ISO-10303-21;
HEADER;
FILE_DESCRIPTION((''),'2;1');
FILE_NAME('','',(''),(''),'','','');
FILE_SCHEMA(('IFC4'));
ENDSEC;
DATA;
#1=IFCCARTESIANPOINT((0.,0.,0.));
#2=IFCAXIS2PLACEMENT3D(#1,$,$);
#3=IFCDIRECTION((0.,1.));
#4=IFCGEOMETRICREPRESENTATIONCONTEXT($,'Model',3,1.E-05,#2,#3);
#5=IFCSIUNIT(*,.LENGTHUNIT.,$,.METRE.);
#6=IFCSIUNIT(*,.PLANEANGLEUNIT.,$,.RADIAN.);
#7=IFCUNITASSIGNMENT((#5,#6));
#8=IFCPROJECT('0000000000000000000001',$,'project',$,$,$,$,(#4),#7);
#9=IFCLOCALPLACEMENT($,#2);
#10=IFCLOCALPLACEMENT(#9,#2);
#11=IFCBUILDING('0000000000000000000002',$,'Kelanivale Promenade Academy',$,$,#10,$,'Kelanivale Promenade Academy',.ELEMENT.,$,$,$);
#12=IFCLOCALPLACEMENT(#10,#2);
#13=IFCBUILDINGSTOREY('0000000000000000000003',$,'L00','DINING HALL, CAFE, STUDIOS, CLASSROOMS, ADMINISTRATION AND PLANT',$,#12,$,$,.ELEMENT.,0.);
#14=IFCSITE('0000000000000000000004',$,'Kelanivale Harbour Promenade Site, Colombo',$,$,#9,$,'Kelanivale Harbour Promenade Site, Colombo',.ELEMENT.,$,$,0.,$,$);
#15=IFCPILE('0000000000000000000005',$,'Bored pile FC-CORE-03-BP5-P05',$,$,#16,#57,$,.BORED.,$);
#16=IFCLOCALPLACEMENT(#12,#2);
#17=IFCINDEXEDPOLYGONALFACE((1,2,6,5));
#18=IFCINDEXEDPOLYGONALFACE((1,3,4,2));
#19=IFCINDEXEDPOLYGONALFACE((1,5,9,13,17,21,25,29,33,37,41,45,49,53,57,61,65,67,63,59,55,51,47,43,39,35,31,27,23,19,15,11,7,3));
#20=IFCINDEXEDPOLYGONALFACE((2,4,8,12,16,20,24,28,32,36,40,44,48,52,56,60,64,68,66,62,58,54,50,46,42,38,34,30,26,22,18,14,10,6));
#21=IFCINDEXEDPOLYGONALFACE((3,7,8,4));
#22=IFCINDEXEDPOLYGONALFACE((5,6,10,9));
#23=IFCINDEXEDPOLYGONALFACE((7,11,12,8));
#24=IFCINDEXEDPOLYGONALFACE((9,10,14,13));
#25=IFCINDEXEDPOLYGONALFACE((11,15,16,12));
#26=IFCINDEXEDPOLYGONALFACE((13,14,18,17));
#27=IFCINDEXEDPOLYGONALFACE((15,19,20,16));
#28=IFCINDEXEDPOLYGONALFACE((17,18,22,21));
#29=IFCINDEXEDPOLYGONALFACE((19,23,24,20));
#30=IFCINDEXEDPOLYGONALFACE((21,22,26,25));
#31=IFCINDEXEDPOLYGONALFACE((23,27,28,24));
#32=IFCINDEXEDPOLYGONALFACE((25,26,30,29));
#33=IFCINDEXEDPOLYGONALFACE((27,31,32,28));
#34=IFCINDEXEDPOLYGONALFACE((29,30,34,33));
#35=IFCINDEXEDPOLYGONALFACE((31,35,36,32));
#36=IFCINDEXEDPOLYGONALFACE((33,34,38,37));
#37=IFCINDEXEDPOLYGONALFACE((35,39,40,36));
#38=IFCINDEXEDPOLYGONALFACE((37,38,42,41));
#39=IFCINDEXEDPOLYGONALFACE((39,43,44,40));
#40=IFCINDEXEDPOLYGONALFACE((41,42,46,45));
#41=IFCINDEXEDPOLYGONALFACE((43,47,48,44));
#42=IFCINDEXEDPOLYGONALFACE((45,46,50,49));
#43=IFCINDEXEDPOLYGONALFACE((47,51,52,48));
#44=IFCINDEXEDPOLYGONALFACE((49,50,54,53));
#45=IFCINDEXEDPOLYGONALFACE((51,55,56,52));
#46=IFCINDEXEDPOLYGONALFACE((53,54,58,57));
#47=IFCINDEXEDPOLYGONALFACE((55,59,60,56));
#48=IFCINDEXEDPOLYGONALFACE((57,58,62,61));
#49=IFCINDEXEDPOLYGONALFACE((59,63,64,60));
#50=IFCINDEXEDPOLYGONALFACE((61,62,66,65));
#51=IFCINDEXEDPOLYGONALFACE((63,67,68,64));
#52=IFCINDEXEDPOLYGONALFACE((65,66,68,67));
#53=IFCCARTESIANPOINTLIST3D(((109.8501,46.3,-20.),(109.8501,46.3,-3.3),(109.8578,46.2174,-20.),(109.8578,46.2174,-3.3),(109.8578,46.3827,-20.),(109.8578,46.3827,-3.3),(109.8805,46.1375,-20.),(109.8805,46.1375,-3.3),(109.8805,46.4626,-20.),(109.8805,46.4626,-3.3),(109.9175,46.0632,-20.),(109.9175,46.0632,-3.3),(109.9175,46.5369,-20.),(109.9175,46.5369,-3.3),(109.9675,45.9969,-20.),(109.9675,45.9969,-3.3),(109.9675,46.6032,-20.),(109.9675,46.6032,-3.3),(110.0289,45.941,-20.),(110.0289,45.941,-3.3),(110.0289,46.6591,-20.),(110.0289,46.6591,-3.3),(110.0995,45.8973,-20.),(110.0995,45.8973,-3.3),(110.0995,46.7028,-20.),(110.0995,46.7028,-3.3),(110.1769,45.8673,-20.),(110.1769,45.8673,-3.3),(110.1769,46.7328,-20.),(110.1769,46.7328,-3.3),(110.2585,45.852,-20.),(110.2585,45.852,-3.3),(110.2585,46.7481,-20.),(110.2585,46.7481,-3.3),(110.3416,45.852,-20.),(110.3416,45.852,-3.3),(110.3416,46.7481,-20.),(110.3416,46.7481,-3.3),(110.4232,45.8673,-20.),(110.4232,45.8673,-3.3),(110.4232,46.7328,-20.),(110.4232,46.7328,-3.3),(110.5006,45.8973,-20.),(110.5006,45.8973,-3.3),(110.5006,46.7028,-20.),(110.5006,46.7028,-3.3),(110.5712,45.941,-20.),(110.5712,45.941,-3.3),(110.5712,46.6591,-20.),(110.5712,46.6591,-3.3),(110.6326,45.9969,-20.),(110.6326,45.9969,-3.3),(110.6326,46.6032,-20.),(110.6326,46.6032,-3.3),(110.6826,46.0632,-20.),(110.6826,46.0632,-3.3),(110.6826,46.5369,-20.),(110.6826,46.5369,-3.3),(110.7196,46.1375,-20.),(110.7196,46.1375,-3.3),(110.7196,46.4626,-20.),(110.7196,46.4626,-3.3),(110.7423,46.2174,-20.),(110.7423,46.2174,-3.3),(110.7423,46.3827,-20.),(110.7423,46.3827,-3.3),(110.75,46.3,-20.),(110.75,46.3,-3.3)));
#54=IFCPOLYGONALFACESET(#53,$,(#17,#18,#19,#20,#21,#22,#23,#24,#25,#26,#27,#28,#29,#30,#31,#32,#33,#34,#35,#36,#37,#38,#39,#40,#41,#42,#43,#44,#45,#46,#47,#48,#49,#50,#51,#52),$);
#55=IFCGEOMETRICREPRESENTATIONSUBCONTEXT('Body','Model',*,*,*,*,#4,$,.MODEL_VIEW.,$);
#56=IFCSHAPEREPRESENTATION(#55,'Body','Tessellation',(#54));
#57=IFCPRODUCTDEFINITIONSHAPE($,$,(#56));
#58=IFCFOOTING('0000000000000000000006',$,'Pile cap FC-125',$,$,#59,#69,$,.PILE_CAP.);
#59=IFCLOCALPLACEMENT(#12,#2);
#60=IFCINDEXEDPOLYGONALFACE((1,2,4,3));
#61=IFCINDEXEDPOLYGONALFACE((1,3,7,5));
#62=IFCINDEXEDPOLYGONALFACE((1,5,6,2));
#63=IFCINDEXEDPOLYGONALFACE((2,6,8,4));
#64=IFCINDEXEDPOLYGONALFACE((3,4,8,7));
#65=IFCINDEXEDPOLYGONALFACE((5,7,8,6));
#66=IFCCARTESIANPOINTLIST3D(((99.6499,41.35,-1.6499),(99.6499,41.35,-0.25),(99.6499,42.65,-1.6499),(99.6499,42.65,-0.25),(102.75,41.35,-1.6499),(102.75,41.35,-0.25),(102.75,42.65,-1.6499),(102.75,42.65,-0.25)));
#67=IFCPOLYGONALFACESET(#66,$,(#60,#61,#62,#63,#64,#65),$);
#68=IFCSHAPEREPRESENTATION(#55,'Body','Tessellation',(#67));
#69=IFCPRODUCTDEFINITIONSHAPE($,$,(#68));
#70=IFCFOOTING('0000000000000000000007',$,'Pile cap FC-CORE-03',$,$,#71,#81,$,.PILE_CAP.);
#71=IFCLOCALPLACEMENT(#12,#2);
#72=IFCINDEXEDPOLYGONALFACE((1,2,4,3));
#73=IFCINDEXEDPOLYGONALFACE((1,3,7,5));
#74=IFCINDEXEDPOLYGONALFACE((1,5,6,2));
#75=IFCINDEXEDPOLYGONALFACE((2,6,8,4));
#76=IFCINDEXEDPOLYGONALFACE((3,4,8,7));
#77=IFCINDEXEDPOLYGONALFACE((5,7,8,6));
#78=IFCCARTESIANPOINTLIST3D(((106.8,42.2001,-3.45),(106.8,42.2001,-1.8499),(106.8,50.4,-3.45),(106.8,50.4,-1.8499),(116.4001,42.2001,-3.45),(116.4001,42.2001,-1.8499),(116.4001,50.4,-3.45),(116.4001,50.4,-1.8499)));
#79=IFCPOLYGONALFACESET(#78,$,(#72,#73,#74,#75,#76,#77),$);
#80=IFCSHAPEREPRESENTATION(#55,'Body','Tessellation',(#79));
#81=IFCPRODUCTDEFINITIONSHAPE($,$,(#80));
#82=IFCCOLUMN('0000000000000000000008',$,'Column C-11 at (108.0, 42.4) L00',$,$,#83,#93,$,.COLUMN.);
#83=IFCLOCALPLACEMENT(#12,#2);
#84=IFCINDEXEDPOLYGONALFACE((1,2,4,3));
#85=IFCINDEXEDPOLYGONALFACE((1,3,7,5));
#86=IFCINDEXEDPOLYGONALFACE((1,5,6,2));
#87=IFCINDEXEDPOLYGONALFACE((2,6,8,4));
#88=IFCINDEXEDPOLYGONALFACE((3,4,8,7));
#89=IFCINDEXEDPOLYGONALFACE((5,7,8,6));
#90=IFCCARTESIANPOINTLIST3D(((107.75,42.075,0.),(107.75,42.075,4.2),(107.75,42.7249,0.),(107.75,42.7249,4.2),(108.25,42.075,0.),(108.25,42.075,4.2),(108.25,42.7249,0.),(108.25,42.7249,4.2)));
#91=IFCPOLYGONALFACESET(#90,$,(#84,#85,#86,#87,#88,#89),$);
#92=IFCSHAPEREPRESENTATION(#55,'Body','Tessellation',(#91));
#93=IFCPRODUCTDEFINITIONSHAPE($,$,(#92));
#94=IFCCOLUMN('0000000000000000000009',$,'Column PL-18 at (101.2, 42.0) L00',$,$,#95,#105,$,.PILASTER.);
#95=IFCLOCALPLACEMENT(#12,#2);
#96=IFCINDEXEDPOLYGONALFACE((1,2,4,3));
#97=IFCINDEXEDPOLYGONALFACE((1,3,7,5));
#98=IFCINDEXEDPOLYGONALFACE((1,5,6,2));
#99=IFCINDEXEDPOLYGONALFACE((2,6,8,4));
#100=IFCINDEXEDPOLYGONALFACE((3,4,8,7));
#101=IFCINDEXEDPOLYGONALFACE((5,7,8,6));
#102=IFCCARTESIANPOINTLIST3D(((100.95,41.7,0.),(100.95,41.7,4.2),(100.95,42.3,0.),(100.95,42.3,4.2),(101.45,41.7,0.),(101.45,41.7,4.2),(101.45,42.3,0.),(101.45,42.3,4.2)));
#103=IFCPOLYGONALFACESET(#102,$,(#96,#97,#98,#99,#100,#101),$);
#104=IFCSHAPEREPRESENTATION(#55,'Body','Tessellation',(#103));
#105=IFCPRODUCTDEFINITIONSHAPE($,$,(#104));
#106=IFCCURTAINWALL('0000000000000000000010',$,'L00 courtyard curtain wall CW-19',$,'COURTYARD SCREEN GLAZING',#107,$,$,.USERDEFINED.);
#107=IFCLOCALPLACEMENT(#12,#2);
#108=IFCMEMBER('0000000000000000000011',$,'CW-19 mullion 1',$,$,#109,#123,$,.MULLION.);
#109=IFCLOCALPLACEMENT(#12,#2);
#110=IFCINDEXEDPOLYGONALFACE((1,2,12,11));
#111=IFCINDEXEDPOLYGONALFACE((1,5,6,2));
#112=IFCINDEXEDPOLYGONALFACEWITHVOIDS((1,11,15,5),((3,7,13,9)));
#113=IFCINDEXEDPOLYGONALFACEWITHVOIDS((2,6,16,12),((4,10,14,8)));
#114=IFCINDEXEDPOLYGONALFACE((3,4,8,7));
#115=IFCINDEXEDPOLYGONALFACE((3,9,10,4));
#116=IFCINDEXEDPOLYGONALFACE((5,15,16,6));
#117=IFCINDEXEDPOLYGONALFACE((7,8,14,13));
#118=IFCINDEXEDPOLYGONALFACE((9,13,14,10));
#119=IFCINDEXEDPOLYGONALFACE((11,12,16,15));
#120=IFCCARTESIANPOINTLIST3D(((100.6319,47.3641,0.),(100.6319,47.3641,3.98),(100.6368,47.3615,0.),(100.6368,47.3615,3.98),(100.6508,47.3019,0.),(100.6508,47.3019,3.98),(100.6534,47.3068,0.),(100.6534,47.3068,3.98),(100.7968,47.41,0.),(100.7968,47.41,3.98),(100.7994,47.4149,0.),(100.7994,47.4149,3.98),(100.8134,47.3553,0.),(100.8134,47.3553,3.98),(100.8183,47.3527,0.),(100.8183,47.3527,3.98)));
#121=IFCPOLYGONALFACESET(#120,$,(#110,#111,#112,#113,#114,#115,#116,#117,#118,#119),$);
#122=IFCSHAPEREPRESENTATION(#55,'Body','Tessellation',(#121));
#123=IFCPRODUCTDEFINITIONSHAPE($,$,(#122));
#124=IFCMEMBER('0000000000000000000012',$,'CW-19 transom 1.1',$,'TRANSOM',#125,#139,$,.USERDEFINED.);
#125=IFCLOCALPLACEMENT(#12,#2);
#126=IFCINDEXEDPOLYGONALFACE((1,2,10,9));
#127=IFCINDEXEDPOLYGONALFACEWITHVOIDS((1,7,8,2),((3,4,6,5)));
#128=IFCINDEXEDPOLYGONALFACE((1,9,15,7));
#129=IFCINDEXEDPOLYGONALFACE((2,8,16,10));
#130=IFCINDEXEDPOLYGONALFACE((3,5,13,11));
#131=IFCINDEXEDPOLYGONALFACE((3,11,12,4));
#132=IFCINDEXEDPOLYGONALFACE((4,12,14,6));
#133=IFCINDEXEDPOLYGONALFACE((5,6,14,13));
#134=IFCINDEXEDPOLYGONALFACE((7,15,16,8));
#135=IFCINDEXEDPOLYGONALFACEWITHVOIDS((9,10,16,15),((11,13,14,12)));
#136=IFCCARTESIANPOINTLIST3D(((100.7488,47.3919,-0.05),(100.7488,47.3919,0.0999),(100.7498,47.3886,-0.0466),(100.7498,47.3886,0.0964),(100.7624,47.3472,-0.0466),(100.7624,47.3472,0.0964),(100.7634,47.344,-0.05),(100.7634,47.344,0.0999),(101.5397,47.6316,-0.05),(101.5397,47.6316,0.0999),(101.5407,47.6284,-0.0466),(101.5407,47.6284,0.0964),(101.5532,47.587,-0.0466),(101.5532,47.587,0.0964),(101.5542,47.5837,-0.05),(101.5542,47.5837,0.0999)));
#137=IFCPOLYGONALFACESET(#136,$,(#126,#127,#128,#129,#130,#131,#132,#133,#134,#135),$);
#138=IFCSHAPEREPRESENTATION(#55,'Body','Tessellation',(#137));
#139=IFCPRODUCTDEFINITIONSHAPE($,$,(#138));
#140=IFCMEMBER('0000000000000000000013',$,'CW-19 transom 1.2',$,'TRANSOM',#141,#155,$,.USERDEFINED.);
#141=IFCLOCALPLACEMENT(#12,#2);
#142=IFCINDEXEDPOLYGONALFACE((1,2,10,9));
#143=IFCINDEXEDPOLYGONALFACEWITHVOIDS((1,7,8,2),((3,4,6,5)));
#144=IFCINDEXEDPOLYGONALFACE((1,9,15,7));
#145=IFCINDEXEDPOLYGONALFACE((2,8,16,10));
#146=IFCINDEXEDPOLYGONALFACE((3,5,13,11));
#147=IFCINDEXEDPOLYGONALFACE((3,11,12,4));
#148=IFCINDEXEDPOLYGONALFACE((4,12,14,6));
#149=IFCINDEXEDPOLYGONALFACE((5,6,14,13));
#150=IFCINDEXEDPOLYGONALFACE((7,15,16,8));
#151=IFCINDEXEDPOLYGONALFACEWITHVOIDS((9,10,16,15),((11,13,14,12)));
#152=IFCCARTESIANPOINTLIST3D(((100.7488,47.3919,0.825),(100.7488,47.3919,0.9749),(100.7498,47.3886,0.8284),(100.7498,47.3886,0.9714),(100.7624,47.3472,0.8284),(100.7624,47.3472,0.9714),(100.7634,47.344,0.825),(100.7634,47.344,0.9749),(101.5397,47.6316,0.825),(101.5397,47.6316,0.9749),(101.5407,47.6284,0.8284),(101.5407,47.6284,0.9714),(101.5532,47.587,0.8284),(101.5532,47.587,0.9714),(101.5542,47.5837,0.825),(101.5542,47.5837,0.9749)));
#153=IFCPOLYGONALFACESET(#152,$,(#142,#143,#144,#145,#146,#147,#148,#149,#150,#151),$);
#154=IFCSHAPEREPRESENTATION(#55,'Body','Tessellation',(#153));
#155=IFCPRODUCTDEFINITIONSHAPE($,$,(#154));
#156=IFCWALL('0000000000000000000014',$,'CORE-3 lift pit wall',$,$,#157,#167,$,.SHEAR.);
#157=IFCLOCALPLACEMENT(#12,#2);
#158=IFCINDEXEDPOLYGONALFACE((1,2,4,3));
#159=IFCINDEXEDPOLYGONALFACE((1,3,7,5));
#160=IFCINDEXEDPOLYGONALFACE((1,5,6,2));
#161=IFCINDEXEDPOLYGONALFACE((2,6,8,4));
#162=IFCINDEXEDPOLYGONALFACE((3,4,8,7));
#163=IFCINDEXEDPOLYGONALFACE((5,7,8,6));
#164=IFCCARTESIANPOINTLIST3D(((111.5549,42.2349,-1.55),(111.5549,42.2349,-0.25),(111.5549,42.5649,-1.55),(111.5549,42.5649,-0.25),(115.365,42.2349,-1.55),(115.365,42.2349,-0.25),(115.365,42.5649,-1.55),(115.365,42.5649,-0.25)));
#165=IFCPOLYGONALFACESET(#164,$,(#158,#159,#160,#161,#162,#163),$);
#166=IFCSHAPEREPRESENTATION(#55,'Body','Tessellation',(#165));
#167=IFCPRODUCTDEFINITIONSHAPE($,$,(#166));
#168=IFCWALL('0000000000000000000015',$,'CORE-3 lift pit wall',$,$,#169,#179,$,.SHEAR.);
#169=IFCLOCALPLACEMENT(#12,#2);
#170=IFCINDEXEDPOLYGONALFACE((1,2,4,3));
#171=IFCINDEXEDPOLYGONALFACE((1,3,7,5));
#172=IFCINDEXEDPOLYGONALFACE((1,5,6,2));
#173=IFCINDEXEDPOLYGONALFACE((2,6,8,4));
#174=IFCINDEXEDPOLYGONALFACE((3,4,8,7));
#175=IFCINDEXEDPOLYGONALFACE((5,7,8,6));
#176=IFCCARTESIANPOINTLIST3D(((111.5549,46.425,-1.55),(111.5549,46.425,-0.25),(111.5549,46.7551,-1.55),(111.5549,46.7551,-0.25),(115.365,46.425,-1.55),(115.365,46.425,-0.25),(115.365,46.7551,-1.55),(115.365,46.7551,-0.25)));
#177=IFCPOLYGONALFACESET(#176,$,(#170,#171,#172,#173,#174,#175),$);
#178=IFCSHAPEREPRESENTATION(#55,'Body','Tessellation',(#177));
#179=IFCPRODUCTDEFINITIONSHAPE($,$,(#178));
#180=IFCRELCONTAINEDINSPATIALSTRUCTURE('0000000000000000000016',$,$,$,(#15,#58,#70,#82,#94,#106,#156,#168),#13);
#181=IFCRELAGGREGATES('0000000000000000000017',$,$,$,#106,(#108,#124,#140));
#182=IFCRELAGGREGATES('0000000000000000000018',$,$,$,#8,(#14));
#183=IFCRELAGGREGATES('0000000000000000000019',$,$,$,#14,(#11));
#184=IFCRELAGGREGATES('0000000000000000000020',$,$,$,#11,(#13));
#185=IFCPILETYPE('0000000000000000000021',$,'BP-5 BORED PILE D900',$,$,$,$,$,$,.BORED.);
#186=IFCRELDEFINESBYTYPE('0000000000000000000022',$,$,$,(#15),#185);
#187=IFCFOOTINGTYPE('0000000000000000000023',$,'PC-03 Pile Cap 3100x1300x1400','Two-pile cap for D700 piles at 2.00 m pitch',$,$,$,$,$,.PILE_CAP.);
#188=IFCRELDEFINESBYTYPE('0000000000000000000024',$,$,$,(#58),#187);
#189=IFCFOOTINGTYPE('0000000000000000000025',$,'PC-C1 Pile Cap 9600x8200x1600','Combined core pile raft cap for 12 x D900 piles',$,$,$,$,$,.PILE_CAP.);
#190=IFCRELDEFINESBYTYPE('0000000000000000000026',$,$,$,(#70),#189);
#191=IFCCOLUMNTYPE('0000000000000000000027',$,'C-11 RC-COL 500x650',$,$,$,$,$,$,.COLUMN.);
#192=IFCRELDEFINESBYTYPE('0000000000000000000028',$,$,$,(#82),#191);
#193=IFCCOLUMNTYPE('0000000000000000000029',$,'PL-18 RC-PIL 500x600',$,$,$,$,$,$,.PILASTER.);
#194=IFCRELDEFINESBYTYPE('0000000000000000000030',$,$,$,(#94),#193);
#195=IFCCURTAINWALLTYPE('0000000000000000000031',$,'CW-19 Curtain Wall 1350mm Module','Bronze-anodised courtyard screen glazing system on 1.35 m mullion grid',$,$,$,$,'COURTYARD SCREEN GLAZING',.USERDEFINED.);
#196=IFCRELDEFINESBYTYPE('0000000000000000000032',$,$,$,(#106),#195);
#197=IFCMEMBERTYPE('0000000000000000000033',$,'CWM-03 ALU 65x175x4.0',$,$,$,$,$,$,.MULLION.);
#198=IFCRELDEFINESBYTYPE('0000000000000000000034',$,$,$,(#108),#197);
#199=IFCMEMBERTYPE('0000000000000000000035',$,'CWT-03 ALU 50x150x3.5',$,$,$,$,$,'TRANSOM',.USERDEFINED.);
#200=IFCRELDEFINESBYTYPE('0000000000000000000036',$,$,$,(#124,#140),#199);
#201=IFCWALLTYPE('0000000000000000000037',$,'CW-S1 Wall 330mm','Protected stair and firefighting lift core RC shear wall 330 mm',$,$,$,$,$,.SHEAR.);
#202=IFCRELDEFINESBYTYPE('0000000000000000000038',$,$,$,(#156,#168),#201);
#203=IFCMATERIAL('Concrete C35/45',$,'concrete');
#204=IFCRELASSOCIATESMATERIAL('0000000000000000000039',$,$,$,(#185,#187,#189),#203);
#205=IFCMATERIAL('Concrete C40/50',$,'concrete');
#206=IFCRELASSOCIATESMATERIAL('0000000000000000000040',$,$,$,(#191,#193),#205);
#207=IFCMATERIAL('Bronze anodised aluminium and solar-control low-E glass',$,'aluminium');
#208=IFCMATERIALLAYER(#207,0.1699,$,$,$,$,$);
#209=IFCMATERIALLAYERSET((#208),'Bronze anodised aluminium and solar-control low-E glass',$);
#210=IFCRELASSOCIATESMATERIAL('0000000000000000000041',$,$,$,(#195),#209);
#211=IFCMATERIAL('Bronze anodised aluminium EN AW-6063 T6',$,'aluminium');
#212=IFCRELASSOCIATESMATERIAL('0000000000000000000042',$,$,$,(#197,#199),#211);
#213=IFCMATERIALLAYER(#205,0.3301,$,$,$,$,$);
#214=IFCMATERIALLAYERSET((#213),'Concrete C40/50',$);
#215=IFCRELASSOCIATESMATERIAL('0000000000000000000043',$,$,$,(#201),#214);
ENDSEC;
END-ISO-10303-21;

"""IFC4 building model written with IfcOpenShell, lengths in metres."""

from ifc_helpers import new_model, si_unit, direction, frame, frame_2d, origin, origin_2d, place, context, subcontext, project, spatial, rectangle, hollow_rectangle, circle, extrude, material, layer, layer_set, material_profile, profile_set, type_object, element, aggregate, save


model = new_model("IFC4")

# Units and contexts
model_context = context("Model", 3, precision=1e-05, world=origin(), true_north=direction((0.0, 1.0)))
body_context = subcontext(model_context, "Body", "Model", "MODEL_VIEW")
ifc_project = project(units=[si_unit("LENGTHUNIT", "METRE"), si_unit("PLANEANGLEUNIT", "RADIAN")], contexts=[model_context])

# Site, building, storey
site_placement = place(None, origin())
site = spatial("IfcSite", under=ifc_project, at=site_placement, Name="Kelanivale Harbour Promenade Site, Colombo", LongName="Kelanivale Harbour Promenade Site, Colombo", CompositionType="ELEMENT", RefElevation=0.0)
building_placement = place(site_placement, origin())
building = spatial("IfcBuilding", under=site, at=building_placement, Name="Kelanivale Promenade Academy", LongName="Kelanivale Promenade Academy", CompositionType="ELEMENT")
storey_placement = place(building_placement, origin())
storey = spatial("IfcBuildingStorey", under=building, at=storey_placement, Name="L00", Description="DINING HALL, CAFE, STUDIOS, CLASSROOMS, ADMINISTRATION AND PLANT", CompositionType="ELEMENT", Elevation=0.0)

# Pile
ifc_material_1 = material(Name="Concrete C35/45", Category="concrete")
ifc_material_profile_1 = material_profile(ifc_material_1, circle(Radius=0.45, at=origin_2d()), Name="BORED PILE D900")
ifc_profile_set_1 = profile_set([ifc_material_profile_1], Name="Concrete C35/45")
pile_type_1 = type_object("IfcPileType", Name="BP-5 BORED PILE D900", PredefinedType="BORED", material=ifc_profile_set_1)
for number, where, z_axis, x_axis, name in (
    (1, (110.3, 46.3, -3.3), (0.0, 0.0, -1.0), (1.0, 0.0, 0.0), "Bored pile FC-CORE-03-BP5-P05"),
):
    element("IfcPile", number, at=place(storey_placement, frame(where, z_axis=z_axis, x_axis=x_axis)), inside=storey, type_object=pile_type_1, Name=name, PredefinedType="BORED", context=body_context, shape_type="SweptSolid", body=[
        extrude(circle(Radius=0.45, at=origin_2d()), origin(), (0.0, 0.0, 1.0), 16.7),
    ])

# Footings
footing_type_1 = type_object("IfcFootingType", Name="PC-03 Pile Cap 3100x1300x1400", Description="Two-pile cap for D700 piles at 2.00 m pitch", PredefinedType="PILE_CAP", material=ifc_material_1)
footing_1_placement = place(storey_placement, frame((101.2, 42.0, -1.6499), z_axis=(0.0, 0.0, 1.0), x_axis=(1.0, 0.0, 0.0)))
element("IfcFooting", 2, at=footing_1_placement, inside=storey, type_object=footing_type_1, Name="Pile cap FC-125", PredefinedType="PILE_CAP", context=body_context, shape_type="SweptSolid", body=[
    extrude(rectangle(XDim=3.1001, YDim=1.3, at=origin_2d()), origin(), (0.0, 0.0, 1.0), 1.3999),
])
footing_type_2 = type_object("IfcFootingType", Name="PC-C1 Pile Cap 9600x8200x1600", Description="Combined core pile raft cap for 12 x D900 piles", PredefinedType="PILE_CAP", material=ifc_material_1)
footing_2_placement = place(storey_placement, frame((111.6001, 46.3, -3.45), z_axis=(0.0, 0.0, 1.0), x_axis=(1.0, 0.0, 0.0)))
element("IfcFooting", 3, at=footing_2_placement, inside=storey, type_object=footing_type_2, Name="Pile cap FC-CORE-03", PredefinedType="PILE_CAP", context=body_context, shape_type="SweptSolid", body=[
    extrude(rectangle(XDim=9.6001, YDim=8.2, at=origin_2d()), origin(), (0.0, 0.0, 1.0), 1.6001),
])

# Columns
ifc_material_2 = material(Name="Concrete C40/50", Category="concrete")
ifc_material_profile_2 = material_profile(ifc_material_2, rectangle(XDim=0.5, YDim=0.6499, at=origin_2d()), Name="RC-COL 500x650")
ifc_profile_set_2 = profile_set([ifc_material_profile_2], Name="Concrete C40/50")
column_type_1 = type_object("IfcColumnType", Name="C-11 RC-COL 500x650", PredefinedType="COLUMN", material=ifc_profile_set_2)
column_1_placement = place(storey_placement, frame((108.0, 42.3999, 0.0), z_axis=(0.0, 0.0, 1.0), x_axis=(1.0, 0.0, 0.0)))
element("IfcColumn", 4, at=column_1_placement, inside=storey, type_object=column_type_1, Name="Column C-11 at (108.0, 42.4) L00", PredefinedType="COLUMN", context=body_context, shape_type="SweptSolid", body=[
    extrude(rectangle(XDim=0.5, YDim=0.6499, at=origin_2d()), origin(), (0.0, 0.0, 1.0), 4.2),
])
ifc_material_profile_3 = material_profile(ifc_material_2, rectangle(XDim=0.5, YDim=0.6001, at=origin_2d()), Name="RC-PIL 500x600")
ifc_profile_set_3 = profile_set([ifc_material_profile_3], Name="Concrete C40/50")
column_type_2 = type_object("IfcColumnType", Name="PL-18 RC-PIL 500x600", PredefinedType="PILASTER", material=ifc_profile_set_3)
column_2_placement = place(storey_placement, frame((101.2, 42.0, 0.0), z_axis=(0.0, 0.0, 1.0), x_axis=(1.0, 0.0, 0.0)))
element("IfcColumn", 5, at=column_2_placement, inside=storey, type_object=column_type_2, Name="Column PL-18 at (101.2, 42.0) L00", PredefinedType="PILASTER", context=body_context, shape_type="SweptSolid", body=[
    extrude(rectangle(XDim=0.5, YDim=0.6001, at=origin_2d()), origin(), (0.0, 0.0, 1.0), 4.2),
])

# Curtain wall, members
ifc_material_3 = material(Name="Bronze anodised aluminium and solar-control low-E glass", Category="aluminium")
ifc_layer_1 = layer(ifc_material_3, 0.1699)
ifc_layer_set_1 = layer_set([ifc_layer_1], Name="Bronze anodised aluminium and solar-control low-E glass")
curtain_wall_type = type_object("IfcCurtainWallType", Name="CW-19 Curtain Wall 1350mm Module", Description="Bronze-anodised courtyard screen glazing system on 1.35 m mullion grid", ElementType="COURTYARD SCREEN GLAZING", PredefinedType="USERDEFINED", material=ifc_layer_set_1)
curtain_wall_placement = place(storey_placement, origin())
curtain_wall = element("IfcCurtainWall", 6, at=curtain_wall_placement, inside=storey, type_object=curtain_wall_type, Name="L00 courtyard curtain wall CW-19", ObjectType="COURTYARD SCREEN GLAZING", PredefinedType="USERDEFINED")
ifc_material_4 = material(Name="Bronze anodised aluminium EN AW-6063 T6", Category="aluminium")
ifc_material_profile_4 = material_profile(ifc_material_4, hollow_rectangle(XDim=0.0649, YDim=0.175, WallThickness=0.0039, at=origin_2d()), Name="ALU 65x175x4.0")
ifc_profile_set_4 = profile_set([ifc_material_profile_4], Name="Bronze anodised aluminium EN AW-6063 T6")
member_type_1 = type_object("IfcMemberType", Name="CWM-03 ALU 65x175x4.0", PredefinedType="MULLION", material=ifc_profile_set_4)
member_1_placement = place(storey_placement, frame((100.7251, 47.3584, 0.0), z_axis=(0.0, 0.0, 1.0), x_axis=(-0.290128, 0.956988, 0.0)))
member_1 = element("IfcMember", 7, at=member_1_placement, type_object=member_type_1, Name="CW-19 mullion 1", PredefinedType="MULLION", context=body_context, shape_type="SweptSolid", body=[
    extrude(hollow_rectangle(XDim=0.0649, YDim=0.175, WallThickness=0.0039, at=origin_2d()), origin(), (0.0, 0.0, 1.0), 3.98),
])
ifc_material_profile_5 = material_profile(ifc_material_4, hollow_rectangle(XDim=0.05, YDim=0.1499, WallThickness=0.0034, at=origin_2d()), Name="ALU 50x150x3.5")
ifc_profile_set_5 = profile_set([ifc_material_profile_5], Name="Bronze anodised aluminium EN AW-6063 T6")
member_type_2 = type_object("IfcMemberType", Name="CWT-03 ALU 50x150x3.5", ElementType="TRANSOM", PredefinedType="USERDEFINED", material=ifc_profile_set_5)
member_2_placement = place(storey_placement, frame((100.7561, 47.3679, 0.0249), z_axis=(0.956985, 0.290139, 0.0), x_axis=(-0.290139, 0.956985, 0.0)))
member_2 = element("IfcMember", 8, at=member_2_placement, type_object=member_type_2, Name="CW-19 transom 1.1", ObjectType="TRANSOM", PredefinedType="USERDEFINED", context=body_context, shape_type="SweptSolid", body=[
    extrude(hollow_rectangle(XDim=0.05, YDim=0.1499, WallThickness=0.0034, at=origin_2d()), origin(), (0.0, 0.0, 1.0), 0.8264),
])
member_3_placement = place(storey_placement, frame((100.7561, 47.3679, 0.8999), z_axis=(0.956985, 0.290139, 0.0), x_axis=(-0.290139, 0.956985, 0.0)))
member_3 = element("IfcMember", 9, at=member_3_placement, type_object=member_type_2, Name="CW-19 transom 1.2", ObjectType="TRANSOM", PredefinedType="USERDEFINED", context=body_context, shape_type="SweptSolid", body=[
    extrude(hollow_rectangle(XDim=0.05, YDim=0.1499, WallThickness=0.0034, at=origin_2d()), origin(), (0.0, 0.0, 1.0), 0.8264),
])
aggregate(curtain_wall, [member_1, member_2, member_3])

# Walls
ifc_layer_2 = layer(ifc_material_2, 0.3301)
ifc_layer_set_2 = layer_set([ifc_layer_2], Name="Concrete C40/50")
wall_type_1 = type_object("IfcWallType", Name="CW-S1 Wall 330mm", Description="Protected stair and firefighting lift core RC shear wall 330 mm", PredefinedType="SHEAR", material=ifc_layer_set_2)
for number, where, z_axis, x_axis, name in (
    (10, (111.5549, 42.3999, -1.55), (0.0, 0.0, 1.0), (1.0, 0.0, 0.0), "CORE-3 lift pit wall"),
    (11, (111.5549, 46.5901, -1.55), (0.0, 0.0, 1.0), (1.0, 0.0, 0.0), "CORE-3 lift pit wall"),
):
    element("IfcWall", number, at=place(storey_placement, frame(where, z_axis=z_axis, x_axis=x_axis)), inside=storey, type_object=wall_type_1, Name=name, PredefinedType="SHEAR", context=body_context, shape_type="SweptSolid", body=[
        extrude(rectangle(XDim=3.8101, YDim=0.3301, at=frame_2d((1.905, 0.0))), origin(), (0.0, 0.0, 1.0), 1.3),
    ])

save(model, "model.ifc")
